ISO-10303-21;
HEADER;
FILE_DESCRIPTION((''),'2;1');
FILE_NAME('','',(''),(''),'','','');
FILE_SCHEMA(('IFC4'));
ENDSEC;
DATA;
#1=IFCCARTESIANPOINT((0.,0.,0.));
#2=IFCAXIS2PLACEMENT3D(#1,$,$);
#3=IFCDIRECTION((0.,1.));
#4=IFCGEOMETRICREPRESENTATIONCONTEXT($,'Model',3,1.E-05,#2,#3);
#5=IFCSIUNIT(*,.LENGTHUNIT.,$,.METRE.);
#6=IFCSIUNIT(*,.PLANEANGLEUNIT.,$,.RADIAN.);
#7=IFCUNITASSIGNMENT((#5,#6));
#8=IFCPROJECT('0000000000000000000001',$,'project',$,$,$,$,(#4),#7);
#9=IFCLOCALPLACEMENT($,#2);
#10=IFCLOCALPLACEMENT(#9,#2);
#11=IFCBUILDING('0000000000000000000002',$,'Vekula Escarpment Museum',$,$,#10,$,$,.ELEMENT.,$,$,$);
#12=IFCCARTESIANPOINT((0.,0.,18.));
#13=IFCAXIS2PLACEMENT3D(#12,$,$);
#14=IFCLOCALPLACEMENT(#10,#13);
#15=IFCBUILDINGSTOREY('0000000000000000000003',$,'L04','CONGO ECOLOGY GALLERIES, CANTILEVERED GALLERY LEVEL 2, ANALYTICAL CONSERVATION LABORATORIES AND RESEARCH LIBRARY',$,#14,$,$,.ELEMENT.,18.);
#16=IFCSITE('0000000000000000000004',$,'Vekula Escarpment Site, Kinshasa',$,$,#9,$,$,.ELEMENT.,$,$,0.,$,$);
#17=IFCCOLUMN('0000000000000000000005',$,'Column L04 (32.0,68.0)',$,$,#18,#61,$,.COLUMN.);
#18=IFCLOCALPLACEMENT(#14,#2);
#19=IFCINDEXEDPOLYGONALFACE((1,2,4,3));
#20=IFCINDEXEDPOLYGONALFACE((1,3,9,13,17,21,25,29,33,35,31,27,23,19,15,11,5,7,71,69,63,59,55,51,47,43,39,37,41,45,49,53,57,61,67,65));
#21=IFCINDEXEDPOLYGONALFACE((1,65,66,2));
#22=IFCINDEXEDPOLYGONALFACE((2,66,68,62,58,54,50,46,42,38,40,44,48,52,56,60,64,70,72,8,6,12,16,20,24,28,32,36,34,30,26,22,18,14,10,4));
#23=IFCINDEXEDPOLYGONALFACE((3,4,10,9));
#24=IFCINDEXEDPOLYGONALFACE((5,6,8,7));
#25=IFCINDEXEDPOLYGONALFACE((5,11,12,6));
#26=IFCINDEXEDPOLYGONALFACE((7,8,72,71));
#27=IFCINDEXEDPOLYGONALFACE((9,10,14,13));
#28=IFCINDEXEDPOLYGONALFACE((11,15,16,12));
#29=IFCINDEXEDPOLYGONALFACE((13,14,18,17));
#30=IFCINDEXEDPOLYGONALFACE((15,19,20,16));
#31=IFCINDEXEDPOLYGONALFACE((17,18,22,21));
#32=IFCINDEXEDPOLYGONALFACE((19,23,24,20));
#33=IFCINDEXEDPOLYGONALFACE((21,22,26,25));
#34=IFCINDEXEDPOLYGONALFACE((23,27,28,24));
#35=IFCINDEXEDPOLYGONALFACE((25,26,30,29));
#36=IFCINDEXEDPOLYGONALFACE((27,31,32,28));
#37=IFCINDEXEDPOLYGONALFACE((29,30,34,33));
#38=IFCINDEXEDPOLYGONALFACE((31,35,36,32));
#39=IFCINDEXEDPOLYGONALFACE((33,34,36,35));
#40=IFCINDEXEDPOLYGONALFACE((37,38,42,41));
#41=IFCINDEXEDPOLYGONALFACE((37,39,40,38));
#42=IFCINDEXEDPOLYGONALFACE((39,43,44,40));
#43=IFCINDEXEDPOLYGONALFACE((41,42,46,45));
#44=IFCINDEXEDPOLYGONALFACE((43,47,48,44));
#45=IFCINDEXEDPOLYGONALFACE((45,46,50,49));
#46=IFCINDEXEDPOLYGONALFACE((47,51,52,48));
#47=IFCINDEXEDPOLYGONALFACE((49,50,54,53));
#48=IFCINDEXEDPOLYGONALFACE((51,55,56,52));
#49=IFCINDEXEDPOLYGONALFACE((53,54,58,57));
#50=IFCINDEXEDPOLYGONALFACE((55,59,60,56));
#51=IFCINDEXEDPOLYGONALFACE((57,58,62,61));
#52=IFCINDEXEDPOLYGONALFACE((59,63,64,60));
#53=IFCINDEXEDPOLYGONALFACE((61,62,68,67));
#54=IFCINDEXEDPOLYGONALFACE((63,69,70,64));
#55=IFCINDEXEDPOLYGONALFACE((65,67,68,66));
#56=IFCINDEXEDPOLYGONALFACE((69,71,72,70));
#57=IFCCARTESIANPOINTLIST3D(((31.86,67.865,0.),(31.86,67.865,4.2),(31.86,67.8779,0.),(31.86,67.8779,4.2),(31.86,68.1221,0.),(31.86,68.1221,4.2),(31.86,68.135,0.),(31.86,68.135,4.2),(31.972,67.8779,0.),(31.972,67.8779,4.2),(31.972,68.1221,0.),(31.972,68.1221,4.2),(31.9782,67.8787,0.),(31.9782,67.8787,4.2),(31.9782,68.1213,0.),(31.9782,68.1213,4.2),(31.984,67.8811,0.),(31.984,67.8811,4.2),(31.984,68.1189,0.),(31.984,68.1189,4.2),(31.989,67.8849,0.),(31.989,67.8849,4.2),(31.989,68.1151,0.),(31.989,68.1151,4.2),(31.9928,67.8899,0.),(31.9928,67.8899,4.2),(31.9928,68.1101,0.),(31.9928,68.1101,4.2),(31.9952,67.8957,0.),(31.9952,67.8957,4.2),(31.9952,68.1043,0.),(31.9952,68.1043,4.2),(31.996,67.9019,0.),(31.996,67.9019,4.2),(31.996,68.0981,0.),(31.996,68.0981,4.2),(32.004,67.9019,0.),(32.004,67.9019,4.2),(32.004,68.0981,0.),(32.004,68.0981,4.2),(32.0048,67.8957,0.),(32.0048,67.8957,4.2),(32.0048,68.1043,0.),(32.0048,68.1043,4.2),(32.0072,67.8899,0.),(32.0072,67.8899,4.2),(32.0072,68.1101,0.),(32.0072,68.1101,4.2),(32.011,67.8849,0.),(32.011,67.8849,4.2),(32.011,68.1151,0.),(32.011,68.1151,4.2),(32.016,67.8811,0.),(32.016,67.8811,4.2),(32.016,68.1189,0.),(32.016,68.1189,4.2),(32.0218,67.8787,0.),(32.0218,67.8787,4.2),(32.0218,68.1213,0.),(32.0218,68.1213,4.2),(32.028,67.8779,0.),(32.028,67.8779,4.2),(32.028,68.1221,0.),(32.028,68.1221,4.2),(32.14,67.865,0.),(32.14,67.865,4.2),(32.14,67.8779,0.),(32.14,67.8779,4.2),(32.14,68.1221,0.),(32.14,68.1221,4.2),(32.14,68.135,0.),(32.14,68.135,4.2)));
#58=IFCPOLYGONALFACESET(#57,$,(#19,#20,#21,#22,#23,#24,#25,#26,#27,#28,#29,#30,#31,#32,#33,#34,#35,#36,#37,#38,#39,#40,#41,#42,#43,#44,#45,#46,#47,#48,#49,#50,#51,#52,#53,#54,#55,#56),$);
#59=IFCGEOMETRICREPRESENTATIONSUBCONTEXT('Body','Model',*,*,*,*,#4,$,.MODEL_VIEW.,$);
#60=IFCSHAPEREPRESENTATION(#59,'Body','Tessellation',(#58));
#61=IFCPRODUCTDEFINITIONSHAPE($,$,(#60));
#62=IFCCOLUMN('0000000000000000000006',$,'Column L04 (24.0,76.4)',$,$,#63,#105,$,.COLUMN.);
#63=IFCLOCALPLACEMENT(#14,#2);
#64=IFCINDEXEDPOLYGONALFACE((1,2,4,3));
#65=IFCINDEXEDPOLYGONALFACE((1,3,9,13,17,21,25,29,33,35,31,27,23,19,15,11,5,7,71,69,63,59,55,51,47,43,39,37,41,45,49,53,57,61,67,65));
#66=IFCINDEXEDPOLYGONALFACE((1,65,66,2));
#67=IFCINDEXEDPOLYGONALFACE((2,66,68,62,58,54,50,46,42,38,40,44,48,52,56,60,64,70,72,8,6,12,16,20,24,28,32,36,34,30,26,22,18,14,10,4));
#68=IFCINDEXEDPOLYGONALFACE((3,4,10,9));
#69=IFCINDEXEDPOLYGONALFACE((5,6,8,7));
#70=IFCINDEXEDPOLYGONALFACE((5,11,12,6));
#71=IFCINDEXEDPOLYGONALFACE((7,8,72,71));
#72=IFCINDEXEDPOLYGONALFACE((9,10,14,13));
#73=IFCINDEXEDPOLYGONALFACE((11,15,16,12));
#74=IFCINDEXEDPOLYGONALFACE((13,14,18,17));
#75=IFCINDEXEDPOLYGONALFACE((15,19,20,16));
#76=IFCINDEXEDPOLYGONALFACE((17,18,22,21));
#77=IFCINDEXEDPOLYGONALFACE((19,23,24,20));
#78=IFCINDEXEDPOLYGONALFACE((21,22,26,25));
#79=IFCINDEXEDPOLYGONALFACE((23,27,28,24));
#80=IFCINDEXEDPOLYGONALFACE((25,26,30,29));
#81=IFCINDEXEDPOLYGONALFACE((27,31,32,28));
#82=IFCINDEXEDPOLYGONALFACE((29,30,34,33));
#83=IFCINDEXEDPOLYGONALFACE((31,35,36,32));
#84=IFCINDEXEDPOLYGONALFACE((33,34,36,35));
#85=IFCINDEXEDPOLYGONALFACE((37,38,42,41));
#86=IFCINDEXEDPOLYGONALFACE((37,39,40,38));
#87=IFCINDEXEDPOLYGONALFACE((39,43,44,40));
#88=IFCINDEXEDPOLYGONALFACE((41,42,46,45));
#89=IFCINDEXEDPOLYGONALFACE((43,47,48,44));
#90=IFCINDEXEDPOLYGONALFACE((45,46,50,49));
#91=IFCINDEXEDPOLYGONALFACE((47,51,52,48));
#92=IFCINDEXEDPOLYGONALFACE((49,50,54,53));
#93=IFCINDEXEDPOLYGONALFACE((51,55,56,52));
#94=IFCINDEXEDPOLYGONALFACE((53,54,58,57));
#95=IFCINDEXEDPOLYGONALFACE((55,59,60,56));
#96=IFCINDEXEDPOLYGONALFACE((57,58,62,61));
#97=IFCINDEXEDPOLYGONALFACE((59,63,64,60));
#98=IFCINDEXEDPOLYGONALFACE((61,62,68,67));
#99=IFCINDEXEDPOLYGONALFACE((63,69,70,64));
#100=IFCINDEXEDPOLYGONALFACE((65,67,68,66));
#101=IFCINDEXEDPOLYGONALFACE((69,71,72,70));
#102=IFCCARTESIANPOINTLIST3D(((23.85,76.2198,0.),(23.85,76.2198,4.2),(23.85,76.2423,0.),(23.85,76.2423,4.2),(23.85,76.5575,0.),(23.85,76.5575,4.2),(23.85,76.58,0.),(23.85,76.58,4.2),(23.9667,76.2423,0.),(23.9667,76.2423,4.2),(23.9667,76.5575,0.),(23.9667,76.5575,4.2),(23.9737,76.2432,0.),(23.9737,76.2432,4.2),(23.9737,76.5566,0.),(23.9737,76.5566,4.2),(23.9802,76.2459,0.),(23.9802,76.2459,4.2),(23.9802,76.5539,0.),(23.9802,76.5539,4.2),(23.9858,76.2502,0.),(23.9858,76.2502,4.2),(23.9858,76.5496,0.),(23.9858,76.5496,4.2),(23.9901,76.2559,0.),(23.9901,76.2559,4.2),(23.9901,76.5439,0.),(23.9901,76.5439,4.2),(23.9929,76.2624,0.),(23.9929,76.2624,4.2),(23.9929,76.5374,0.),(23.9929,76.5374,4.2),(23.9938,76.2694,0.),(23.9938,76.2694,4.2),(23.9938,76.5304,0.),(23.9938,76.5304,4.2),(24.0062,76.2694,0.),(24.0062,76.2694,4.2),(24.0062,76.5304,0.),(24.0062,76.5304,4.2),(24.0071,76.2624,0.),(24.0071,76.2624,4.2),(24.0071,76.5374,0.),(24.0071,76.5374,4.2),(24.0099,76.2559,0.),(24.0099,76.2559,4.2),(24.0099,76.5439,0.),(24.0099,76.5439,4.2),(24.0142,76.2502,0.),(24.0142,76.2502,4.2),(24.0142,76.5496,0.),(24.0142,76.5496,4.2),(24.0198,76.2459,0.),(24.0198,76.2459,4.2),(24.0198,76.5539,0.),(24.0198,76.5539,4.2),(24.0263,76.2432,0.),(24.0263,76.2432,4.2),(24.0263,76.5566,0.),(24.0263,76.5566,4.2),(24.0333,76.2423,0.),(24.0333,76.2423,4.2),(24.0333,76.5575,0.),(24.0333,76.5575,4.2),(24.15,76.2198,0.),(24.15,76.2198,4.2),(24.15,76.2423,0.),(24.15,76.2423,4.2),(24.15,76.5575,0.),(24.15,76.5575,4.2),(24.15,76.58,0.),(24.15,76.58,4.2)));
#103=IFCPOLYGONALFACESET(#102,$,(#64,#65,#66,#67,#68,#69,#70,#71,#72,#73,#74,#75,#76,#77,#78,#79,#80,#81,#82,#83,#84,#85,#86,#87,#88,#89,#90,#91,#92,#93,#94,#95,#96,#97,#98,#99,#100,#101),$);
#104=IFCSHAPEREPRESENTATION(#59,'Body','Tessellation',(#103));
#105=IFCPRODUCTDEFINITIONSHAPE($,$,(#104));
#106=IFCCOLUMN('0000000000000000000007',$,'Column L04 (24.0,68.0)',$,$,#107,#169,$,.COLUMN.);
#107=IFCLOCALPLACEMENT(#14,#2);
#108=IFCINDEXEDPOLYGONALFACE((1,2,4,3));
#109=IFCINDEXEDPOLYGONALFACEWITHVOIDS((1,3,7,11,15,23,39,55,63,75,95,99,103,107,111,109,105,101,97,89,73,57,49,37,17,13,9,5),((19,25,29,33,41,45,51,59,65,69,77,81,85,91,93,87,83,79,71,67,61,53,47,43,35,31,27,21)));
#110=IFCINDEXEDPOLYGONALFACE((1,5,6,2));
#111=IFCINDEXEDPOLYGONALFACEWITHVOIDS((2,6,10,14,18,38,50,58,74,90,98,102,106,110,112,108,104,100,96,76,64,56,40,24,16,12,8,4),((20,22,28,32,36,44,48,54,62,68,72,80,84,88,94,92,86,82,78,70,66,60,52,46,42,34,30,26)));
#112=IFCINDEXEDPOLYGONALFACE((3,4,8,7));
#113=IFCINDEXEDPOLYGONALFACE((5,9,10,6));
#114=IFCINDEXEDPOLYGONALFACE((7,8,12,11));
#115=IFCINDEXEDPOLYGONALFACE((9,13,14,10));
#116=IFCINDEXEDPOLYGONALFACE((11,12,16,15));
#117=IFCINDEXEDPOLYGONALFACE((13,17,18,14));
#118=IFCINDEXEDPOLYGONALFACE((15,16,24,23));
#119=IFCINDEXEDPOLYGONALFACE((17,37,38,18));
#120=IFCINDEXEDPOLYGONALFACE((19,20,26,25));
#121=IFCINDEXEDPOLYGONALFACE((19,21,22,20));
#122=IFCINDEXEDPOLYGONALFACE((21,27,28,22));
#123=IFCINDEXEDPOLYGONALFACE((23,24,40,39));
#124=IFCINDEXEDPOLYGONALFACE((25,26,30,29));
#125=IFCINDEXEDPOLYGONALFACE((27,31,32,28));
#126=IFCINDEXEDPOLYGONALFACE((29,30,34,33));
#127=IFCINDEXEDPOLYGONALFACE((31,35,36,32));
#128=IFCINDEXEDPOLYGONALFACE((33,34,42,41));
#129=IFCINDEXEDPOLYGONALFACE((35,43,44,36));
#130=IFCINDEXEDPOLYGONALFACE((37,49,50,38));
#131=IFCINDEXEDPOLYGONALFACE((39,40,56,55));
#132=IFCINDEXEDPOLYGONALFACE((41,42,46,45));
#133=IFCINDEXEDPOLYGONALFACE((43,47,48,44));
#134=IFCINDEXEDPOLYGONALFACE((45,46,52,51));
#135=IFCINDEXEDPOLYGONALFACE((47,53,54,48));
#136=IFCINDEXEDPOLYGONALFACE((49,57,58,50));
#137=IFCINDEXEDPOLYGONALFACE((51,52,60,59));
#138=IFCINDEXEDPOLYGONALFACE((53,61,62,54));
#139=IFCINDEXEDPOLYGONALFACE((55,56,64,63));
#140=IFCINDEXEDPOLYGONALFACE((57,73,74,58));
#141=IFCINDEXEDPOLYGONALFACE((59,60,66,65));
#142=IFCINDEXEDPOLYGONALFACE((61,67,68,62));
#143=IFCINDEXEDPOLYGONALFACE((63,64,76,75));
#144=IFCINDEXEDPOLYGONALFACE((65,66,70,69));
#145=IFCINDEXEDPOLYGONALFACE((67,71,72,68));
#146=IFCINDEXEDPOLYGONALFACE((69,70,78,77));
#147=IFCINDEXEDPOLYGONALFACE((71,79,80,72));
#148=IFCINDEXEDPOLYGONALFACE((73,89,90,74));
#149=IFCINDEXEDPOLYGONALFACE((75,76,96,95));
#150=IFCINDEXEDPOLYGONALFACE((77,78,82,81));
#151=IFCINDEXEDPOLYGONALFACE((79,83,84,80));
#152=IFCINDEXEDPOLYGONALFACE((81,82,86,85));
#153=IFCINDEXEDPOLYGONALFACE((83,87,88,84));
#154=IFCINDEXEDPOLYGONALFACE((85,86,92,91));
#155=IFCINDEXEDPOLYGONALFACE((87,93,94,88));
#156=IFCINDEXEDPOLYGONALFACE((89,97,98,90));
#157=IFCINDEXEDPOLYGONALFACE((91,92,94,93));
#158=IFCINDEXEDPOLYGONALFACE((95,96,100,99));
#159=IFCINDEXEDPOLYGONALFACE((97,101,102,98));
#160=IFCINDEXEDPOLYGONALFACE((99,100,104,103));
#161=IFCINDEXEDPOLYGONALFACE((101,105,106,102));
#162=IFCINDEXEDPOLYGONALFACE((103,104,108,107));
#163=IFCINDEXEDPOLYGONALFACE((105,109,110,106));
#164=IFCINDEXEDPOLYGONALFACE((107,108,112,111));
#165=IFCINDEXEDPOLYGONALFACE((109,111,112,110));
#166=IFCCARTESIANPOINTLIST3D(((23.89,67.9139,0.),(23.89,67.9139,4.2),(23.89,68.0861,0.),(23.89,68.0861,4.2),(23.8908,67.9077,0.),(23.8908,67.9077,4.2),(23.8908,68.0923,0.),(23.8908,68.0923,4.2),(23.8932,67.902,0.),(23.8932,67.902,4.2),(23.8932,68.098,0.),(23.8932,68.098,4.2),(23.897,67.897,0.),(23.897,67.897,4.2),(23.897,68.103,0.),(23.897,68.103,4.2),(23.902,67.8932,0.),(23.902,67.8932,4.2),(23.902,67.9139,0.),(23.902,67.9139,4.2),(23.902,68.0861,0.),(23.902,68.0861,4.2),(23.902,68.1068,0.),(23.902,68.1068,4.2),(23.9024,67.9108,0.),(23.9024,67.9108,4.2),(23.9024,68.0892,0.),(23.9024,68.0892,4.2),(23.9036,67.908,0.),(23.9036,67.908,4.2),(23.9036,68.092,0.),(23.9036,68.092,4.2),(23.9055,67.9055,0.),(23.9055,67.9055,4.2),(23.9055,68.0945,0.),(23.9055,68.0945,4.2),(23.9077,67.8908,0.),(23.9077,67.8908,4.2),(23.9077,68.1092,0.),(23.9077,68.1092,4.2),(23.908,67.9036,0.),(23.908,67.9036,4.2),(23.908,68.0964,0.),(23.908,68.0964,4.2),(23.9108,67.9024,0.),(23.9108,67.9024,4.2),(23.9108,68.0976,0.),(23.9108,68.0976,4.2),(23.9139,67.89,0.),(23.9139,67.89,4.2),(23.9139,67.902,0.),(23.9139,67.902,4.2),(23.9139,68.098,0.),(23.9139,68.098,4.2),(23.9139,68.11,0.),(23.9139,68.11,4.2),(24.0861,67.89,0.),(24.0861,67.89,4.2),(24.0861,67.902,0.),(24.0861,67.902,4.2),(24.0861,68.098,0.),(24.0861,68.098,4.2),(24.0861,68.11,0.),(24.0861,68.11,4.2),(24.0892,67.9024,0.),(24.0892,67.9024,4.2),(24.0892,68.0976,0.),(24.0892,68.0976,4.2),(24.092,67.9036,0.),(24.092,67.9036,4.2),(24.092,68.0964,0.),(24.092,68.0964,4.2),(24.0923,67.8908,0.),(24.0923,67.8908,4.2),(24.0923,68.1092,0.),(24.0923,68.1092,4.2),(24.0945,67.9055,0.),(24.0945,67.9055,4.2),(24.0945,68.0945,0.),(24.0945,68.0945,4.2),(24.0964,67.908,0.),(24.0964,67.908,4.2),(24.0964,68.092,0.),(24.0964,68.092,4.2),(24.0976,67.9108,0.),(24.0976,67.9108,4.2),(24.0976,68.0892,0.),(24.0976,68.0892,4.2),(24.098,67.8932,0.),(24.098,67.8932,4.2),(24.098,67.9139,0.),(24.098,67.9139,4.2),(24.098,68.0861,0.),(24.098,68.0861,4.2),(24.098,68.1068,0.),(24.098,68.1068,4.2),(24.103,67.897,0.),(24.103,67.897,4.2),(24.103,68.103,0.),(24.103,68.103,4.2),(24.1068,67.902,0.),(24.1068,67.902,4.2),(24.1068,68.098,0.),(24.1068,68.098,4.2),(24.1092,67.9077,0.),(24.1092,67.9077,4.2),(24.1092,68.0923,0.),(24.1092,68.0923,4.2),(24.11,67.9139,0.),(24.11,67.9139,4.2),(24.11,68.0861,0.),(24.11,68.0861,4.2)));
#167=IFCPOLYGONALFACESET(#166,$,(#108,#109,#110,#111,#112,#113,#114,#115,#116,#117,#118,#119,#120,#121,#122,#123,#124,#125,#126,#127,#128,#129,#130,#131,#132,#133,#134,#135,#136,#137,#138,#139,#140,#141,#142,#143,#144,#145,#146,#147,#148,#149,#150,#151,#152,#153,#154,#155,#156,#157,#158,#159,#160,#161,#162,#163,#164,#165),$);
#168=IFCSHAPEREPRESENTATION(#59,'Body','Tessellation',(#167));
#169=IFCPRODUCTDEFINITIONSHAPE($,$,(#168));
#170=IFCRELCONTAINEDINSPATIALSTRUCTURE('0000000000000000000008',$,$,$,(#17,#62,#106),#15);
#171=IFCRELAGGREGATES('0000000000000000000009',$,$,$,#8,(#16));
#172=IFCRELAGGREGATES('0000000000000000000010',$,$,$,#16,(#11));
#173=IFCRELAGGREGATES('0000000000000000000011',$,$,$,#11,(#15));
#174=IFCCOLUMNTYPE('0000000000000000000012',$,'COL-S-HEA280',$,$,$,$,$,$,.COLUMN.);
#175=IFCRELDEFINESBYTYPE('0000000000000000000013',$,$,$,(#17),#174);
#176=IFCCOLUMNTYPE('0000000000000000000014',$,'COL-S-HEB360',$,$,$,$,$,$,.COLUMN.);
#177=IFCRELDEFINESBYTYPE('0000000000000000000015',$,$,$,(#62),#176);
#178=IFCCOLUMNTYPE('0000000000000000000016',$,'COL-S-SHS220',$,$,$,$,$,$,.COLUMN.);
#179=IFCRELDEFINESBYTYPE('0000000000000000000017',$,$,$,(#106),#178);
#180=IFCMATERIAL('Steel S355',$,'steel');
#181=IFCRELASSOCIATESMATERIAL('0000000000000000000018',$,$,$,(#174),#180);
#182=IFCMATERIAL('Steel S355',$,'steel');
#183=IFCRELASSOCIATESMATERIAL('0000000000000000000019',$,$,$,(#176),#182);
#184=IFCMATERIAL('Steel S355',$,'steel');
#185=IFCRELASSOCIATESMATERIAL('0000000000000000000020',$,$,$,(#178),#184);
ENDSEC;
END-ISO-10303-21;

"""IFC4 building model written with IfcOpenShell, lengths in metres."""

from ifc_helpers import new_model, si_unit, direction, frame, origin, origin_2d, place, context, subcontext, project, spatial, hollow_rectangle, i_section, extrude, material, material_profile, profile_set, type_object, element, save


model = new_model("IFC4")

# Units and contexts
model_context = context("Model", 3, precision=1e-05, world=origin(), true_north=direction((0.0, 1.0)))
body_context = subcontext(model_context, "Body", "Model", "MODEL_VIEW")
ifc_project = project(units=[si_unit("LENGTHUNIT", "METRE"), si_unit("PLANEANGLEUNIT", "RADIAN")], contexts=[model_context])

# Site, building, storey
site_placement = place(None, origin())
site = spatial("IfcSite", under=ifc_project, at=site_placement, Name="Vekula Escarpment Site, Kinshasa", CompositionType="ELEMENT", RefElevation=0.0)
building_placement = place(site_placement, origin())
building = spatial("IfcBuilding", under=site, at=building_placement, Name="Vekula Escarpment Museum", CompositionType="ELEMENT")
storey_placement = place(building_placement, frame((0.0, 0.0, 18.0)))
storey = spatial("IfcBuildingStorey", under=building, at=storey_placement, Name="L04", Description="CONGO ECOLOGY GALLERIES, CANTILEVERED GALLERY LEVEL 2, ANALYTICAL CONSERVATION LABORATORIES AND RESEARCH LIBRARY", CompositionType="ELEMENT", Elevation=18.0)

# Columns
ifc_material_1 = material(Name="Steel S355", Category="steel")
ifc_material_profile_1 = material_profile(ifc_material_1, i_section(OverallWidth=0.28, OverallDepth=0.27, WebThickness=0.0081, FlangeThickness=0.0129, FilletRadius=0.0239, at=origin_2d()), Name="HEA 280")
ifc_profile_set_1 = profile_set([ifc_material_profile_1], Name="Steel S355")
column_type_1 = type_object("IfcColumnType", Name="COL-S-HEA280", PredefinedType="COLUMN", material=ifc_profile_set_1)
column_1_placement = place(storey_placement, frame((32.0, 68.0, 0.0), z_axis=(0.0, 0.0, 1.0), x_axis=(1.0, 0.0, 0.0)))
element("IfcColumn", 1, at=column_1_placement, inside=storey, type_object=column_type_1, Name="Column L04 (32.0,68.0)", PredefinedType="COLUMN", context=body_context, shape_type="SweptSolid", body=[
    extrude(i_section(OverallWidth=0.28, OverallDepth=0.27, WebThickness=0.0081, FlangeThickness=0.0129, FilletRadius=0.0239, at=origin_2d()), origin(), (0.0, 0.0, 1.0), 4.2),
])
ifc_material_2 = material(Name="Steel S355", Category="steel")
ifc_material_profile_2 = material_profile(ifc_material_2, i_section(OverallWidth=0.3, OverallDepth=0.3601, WebThickness=0.0125, FlangeThickness=0.0225, FilletRadius=0.0271, at=origin_2d()), Name="HEB 360")
ifc_profile_set_2 = profile_set([ifc_material_profile_2], Name="Steel S355")
column_type_2 = type_object("IfcColumnType", Name="COL-S-HEB360", PredefinedType="COLUMN", material=ifc_profile_set_2)
column_2_placement = place(storey_placement, frame((24.0, 76.3999, 0.0), z_axis=(0.0, 0.0, 1.0), x_axis=(1.0, 0.0, 0.0)))
element("IfcColumn", 2, at=column_2_placement, inside=storey, type_object=column_type_2, Name="Column L04 (24.0,76.4)", PredefinedType="COLUMN", context=body_context, shape_type="SweptSolid", body=[
    extrude(i_section(OverallWidth=0.3, OverallDepth=0.3601, WebThickness=0.0125, FlangeThickness=0.0225, FilletRadius=0.0271, at=origin_2d()), origin(), (0.0, 0.0, 1.0), 4.2),
])
ifc_material_3 = material(Name="Steel S355", Category="steel")
ifc_material_profile_3 = material_profile(ifc_material_3, hollow_rectangle(XDim=0.22, YDim=0.22, WallThickness=0.012, InnerFilletRadius=0.012, OuterFilletRadius=0.0239, at=origin_2d()), Name="SHS 220x220x12")
ifc_profile_set_3 = profile_set([ifc_material_profile_3], Name="Steel S355")
column_type_3 = type_object("IfcColumnType", Name="COL-S-SHS220", PredefinedType="COLUMN", material=ifc_profile_set_3)
for number, where, z_axis, x_axis, name in (
    (3, (24.0, 68.0, 0.0), (0.0, 0.0, 1.0), (1.0, 0.0, 0.0), "Column L04 (24.0,68.0)"),
):
    element("IfcColumn", number, at=place(storey_placement, frame(where, z_axis=z_axis, x_axis=x_axis)), inside=storey, type_object=column_type_3, Name=name, PredefinedType="COLUMN", context=body_context, shape_type="SweptSolid", body=[
        extrude(hollow_rectangle(XDim=0.22, YDim=0.22, WallThickness=0.012, InnerFilletRadius=0.012, OuterFilletRadius=0.0239, at=origin_2d()), origin(), (0.0, 0.0, 1.0), 4.2),
    ])

save(model, "model.ifc")
